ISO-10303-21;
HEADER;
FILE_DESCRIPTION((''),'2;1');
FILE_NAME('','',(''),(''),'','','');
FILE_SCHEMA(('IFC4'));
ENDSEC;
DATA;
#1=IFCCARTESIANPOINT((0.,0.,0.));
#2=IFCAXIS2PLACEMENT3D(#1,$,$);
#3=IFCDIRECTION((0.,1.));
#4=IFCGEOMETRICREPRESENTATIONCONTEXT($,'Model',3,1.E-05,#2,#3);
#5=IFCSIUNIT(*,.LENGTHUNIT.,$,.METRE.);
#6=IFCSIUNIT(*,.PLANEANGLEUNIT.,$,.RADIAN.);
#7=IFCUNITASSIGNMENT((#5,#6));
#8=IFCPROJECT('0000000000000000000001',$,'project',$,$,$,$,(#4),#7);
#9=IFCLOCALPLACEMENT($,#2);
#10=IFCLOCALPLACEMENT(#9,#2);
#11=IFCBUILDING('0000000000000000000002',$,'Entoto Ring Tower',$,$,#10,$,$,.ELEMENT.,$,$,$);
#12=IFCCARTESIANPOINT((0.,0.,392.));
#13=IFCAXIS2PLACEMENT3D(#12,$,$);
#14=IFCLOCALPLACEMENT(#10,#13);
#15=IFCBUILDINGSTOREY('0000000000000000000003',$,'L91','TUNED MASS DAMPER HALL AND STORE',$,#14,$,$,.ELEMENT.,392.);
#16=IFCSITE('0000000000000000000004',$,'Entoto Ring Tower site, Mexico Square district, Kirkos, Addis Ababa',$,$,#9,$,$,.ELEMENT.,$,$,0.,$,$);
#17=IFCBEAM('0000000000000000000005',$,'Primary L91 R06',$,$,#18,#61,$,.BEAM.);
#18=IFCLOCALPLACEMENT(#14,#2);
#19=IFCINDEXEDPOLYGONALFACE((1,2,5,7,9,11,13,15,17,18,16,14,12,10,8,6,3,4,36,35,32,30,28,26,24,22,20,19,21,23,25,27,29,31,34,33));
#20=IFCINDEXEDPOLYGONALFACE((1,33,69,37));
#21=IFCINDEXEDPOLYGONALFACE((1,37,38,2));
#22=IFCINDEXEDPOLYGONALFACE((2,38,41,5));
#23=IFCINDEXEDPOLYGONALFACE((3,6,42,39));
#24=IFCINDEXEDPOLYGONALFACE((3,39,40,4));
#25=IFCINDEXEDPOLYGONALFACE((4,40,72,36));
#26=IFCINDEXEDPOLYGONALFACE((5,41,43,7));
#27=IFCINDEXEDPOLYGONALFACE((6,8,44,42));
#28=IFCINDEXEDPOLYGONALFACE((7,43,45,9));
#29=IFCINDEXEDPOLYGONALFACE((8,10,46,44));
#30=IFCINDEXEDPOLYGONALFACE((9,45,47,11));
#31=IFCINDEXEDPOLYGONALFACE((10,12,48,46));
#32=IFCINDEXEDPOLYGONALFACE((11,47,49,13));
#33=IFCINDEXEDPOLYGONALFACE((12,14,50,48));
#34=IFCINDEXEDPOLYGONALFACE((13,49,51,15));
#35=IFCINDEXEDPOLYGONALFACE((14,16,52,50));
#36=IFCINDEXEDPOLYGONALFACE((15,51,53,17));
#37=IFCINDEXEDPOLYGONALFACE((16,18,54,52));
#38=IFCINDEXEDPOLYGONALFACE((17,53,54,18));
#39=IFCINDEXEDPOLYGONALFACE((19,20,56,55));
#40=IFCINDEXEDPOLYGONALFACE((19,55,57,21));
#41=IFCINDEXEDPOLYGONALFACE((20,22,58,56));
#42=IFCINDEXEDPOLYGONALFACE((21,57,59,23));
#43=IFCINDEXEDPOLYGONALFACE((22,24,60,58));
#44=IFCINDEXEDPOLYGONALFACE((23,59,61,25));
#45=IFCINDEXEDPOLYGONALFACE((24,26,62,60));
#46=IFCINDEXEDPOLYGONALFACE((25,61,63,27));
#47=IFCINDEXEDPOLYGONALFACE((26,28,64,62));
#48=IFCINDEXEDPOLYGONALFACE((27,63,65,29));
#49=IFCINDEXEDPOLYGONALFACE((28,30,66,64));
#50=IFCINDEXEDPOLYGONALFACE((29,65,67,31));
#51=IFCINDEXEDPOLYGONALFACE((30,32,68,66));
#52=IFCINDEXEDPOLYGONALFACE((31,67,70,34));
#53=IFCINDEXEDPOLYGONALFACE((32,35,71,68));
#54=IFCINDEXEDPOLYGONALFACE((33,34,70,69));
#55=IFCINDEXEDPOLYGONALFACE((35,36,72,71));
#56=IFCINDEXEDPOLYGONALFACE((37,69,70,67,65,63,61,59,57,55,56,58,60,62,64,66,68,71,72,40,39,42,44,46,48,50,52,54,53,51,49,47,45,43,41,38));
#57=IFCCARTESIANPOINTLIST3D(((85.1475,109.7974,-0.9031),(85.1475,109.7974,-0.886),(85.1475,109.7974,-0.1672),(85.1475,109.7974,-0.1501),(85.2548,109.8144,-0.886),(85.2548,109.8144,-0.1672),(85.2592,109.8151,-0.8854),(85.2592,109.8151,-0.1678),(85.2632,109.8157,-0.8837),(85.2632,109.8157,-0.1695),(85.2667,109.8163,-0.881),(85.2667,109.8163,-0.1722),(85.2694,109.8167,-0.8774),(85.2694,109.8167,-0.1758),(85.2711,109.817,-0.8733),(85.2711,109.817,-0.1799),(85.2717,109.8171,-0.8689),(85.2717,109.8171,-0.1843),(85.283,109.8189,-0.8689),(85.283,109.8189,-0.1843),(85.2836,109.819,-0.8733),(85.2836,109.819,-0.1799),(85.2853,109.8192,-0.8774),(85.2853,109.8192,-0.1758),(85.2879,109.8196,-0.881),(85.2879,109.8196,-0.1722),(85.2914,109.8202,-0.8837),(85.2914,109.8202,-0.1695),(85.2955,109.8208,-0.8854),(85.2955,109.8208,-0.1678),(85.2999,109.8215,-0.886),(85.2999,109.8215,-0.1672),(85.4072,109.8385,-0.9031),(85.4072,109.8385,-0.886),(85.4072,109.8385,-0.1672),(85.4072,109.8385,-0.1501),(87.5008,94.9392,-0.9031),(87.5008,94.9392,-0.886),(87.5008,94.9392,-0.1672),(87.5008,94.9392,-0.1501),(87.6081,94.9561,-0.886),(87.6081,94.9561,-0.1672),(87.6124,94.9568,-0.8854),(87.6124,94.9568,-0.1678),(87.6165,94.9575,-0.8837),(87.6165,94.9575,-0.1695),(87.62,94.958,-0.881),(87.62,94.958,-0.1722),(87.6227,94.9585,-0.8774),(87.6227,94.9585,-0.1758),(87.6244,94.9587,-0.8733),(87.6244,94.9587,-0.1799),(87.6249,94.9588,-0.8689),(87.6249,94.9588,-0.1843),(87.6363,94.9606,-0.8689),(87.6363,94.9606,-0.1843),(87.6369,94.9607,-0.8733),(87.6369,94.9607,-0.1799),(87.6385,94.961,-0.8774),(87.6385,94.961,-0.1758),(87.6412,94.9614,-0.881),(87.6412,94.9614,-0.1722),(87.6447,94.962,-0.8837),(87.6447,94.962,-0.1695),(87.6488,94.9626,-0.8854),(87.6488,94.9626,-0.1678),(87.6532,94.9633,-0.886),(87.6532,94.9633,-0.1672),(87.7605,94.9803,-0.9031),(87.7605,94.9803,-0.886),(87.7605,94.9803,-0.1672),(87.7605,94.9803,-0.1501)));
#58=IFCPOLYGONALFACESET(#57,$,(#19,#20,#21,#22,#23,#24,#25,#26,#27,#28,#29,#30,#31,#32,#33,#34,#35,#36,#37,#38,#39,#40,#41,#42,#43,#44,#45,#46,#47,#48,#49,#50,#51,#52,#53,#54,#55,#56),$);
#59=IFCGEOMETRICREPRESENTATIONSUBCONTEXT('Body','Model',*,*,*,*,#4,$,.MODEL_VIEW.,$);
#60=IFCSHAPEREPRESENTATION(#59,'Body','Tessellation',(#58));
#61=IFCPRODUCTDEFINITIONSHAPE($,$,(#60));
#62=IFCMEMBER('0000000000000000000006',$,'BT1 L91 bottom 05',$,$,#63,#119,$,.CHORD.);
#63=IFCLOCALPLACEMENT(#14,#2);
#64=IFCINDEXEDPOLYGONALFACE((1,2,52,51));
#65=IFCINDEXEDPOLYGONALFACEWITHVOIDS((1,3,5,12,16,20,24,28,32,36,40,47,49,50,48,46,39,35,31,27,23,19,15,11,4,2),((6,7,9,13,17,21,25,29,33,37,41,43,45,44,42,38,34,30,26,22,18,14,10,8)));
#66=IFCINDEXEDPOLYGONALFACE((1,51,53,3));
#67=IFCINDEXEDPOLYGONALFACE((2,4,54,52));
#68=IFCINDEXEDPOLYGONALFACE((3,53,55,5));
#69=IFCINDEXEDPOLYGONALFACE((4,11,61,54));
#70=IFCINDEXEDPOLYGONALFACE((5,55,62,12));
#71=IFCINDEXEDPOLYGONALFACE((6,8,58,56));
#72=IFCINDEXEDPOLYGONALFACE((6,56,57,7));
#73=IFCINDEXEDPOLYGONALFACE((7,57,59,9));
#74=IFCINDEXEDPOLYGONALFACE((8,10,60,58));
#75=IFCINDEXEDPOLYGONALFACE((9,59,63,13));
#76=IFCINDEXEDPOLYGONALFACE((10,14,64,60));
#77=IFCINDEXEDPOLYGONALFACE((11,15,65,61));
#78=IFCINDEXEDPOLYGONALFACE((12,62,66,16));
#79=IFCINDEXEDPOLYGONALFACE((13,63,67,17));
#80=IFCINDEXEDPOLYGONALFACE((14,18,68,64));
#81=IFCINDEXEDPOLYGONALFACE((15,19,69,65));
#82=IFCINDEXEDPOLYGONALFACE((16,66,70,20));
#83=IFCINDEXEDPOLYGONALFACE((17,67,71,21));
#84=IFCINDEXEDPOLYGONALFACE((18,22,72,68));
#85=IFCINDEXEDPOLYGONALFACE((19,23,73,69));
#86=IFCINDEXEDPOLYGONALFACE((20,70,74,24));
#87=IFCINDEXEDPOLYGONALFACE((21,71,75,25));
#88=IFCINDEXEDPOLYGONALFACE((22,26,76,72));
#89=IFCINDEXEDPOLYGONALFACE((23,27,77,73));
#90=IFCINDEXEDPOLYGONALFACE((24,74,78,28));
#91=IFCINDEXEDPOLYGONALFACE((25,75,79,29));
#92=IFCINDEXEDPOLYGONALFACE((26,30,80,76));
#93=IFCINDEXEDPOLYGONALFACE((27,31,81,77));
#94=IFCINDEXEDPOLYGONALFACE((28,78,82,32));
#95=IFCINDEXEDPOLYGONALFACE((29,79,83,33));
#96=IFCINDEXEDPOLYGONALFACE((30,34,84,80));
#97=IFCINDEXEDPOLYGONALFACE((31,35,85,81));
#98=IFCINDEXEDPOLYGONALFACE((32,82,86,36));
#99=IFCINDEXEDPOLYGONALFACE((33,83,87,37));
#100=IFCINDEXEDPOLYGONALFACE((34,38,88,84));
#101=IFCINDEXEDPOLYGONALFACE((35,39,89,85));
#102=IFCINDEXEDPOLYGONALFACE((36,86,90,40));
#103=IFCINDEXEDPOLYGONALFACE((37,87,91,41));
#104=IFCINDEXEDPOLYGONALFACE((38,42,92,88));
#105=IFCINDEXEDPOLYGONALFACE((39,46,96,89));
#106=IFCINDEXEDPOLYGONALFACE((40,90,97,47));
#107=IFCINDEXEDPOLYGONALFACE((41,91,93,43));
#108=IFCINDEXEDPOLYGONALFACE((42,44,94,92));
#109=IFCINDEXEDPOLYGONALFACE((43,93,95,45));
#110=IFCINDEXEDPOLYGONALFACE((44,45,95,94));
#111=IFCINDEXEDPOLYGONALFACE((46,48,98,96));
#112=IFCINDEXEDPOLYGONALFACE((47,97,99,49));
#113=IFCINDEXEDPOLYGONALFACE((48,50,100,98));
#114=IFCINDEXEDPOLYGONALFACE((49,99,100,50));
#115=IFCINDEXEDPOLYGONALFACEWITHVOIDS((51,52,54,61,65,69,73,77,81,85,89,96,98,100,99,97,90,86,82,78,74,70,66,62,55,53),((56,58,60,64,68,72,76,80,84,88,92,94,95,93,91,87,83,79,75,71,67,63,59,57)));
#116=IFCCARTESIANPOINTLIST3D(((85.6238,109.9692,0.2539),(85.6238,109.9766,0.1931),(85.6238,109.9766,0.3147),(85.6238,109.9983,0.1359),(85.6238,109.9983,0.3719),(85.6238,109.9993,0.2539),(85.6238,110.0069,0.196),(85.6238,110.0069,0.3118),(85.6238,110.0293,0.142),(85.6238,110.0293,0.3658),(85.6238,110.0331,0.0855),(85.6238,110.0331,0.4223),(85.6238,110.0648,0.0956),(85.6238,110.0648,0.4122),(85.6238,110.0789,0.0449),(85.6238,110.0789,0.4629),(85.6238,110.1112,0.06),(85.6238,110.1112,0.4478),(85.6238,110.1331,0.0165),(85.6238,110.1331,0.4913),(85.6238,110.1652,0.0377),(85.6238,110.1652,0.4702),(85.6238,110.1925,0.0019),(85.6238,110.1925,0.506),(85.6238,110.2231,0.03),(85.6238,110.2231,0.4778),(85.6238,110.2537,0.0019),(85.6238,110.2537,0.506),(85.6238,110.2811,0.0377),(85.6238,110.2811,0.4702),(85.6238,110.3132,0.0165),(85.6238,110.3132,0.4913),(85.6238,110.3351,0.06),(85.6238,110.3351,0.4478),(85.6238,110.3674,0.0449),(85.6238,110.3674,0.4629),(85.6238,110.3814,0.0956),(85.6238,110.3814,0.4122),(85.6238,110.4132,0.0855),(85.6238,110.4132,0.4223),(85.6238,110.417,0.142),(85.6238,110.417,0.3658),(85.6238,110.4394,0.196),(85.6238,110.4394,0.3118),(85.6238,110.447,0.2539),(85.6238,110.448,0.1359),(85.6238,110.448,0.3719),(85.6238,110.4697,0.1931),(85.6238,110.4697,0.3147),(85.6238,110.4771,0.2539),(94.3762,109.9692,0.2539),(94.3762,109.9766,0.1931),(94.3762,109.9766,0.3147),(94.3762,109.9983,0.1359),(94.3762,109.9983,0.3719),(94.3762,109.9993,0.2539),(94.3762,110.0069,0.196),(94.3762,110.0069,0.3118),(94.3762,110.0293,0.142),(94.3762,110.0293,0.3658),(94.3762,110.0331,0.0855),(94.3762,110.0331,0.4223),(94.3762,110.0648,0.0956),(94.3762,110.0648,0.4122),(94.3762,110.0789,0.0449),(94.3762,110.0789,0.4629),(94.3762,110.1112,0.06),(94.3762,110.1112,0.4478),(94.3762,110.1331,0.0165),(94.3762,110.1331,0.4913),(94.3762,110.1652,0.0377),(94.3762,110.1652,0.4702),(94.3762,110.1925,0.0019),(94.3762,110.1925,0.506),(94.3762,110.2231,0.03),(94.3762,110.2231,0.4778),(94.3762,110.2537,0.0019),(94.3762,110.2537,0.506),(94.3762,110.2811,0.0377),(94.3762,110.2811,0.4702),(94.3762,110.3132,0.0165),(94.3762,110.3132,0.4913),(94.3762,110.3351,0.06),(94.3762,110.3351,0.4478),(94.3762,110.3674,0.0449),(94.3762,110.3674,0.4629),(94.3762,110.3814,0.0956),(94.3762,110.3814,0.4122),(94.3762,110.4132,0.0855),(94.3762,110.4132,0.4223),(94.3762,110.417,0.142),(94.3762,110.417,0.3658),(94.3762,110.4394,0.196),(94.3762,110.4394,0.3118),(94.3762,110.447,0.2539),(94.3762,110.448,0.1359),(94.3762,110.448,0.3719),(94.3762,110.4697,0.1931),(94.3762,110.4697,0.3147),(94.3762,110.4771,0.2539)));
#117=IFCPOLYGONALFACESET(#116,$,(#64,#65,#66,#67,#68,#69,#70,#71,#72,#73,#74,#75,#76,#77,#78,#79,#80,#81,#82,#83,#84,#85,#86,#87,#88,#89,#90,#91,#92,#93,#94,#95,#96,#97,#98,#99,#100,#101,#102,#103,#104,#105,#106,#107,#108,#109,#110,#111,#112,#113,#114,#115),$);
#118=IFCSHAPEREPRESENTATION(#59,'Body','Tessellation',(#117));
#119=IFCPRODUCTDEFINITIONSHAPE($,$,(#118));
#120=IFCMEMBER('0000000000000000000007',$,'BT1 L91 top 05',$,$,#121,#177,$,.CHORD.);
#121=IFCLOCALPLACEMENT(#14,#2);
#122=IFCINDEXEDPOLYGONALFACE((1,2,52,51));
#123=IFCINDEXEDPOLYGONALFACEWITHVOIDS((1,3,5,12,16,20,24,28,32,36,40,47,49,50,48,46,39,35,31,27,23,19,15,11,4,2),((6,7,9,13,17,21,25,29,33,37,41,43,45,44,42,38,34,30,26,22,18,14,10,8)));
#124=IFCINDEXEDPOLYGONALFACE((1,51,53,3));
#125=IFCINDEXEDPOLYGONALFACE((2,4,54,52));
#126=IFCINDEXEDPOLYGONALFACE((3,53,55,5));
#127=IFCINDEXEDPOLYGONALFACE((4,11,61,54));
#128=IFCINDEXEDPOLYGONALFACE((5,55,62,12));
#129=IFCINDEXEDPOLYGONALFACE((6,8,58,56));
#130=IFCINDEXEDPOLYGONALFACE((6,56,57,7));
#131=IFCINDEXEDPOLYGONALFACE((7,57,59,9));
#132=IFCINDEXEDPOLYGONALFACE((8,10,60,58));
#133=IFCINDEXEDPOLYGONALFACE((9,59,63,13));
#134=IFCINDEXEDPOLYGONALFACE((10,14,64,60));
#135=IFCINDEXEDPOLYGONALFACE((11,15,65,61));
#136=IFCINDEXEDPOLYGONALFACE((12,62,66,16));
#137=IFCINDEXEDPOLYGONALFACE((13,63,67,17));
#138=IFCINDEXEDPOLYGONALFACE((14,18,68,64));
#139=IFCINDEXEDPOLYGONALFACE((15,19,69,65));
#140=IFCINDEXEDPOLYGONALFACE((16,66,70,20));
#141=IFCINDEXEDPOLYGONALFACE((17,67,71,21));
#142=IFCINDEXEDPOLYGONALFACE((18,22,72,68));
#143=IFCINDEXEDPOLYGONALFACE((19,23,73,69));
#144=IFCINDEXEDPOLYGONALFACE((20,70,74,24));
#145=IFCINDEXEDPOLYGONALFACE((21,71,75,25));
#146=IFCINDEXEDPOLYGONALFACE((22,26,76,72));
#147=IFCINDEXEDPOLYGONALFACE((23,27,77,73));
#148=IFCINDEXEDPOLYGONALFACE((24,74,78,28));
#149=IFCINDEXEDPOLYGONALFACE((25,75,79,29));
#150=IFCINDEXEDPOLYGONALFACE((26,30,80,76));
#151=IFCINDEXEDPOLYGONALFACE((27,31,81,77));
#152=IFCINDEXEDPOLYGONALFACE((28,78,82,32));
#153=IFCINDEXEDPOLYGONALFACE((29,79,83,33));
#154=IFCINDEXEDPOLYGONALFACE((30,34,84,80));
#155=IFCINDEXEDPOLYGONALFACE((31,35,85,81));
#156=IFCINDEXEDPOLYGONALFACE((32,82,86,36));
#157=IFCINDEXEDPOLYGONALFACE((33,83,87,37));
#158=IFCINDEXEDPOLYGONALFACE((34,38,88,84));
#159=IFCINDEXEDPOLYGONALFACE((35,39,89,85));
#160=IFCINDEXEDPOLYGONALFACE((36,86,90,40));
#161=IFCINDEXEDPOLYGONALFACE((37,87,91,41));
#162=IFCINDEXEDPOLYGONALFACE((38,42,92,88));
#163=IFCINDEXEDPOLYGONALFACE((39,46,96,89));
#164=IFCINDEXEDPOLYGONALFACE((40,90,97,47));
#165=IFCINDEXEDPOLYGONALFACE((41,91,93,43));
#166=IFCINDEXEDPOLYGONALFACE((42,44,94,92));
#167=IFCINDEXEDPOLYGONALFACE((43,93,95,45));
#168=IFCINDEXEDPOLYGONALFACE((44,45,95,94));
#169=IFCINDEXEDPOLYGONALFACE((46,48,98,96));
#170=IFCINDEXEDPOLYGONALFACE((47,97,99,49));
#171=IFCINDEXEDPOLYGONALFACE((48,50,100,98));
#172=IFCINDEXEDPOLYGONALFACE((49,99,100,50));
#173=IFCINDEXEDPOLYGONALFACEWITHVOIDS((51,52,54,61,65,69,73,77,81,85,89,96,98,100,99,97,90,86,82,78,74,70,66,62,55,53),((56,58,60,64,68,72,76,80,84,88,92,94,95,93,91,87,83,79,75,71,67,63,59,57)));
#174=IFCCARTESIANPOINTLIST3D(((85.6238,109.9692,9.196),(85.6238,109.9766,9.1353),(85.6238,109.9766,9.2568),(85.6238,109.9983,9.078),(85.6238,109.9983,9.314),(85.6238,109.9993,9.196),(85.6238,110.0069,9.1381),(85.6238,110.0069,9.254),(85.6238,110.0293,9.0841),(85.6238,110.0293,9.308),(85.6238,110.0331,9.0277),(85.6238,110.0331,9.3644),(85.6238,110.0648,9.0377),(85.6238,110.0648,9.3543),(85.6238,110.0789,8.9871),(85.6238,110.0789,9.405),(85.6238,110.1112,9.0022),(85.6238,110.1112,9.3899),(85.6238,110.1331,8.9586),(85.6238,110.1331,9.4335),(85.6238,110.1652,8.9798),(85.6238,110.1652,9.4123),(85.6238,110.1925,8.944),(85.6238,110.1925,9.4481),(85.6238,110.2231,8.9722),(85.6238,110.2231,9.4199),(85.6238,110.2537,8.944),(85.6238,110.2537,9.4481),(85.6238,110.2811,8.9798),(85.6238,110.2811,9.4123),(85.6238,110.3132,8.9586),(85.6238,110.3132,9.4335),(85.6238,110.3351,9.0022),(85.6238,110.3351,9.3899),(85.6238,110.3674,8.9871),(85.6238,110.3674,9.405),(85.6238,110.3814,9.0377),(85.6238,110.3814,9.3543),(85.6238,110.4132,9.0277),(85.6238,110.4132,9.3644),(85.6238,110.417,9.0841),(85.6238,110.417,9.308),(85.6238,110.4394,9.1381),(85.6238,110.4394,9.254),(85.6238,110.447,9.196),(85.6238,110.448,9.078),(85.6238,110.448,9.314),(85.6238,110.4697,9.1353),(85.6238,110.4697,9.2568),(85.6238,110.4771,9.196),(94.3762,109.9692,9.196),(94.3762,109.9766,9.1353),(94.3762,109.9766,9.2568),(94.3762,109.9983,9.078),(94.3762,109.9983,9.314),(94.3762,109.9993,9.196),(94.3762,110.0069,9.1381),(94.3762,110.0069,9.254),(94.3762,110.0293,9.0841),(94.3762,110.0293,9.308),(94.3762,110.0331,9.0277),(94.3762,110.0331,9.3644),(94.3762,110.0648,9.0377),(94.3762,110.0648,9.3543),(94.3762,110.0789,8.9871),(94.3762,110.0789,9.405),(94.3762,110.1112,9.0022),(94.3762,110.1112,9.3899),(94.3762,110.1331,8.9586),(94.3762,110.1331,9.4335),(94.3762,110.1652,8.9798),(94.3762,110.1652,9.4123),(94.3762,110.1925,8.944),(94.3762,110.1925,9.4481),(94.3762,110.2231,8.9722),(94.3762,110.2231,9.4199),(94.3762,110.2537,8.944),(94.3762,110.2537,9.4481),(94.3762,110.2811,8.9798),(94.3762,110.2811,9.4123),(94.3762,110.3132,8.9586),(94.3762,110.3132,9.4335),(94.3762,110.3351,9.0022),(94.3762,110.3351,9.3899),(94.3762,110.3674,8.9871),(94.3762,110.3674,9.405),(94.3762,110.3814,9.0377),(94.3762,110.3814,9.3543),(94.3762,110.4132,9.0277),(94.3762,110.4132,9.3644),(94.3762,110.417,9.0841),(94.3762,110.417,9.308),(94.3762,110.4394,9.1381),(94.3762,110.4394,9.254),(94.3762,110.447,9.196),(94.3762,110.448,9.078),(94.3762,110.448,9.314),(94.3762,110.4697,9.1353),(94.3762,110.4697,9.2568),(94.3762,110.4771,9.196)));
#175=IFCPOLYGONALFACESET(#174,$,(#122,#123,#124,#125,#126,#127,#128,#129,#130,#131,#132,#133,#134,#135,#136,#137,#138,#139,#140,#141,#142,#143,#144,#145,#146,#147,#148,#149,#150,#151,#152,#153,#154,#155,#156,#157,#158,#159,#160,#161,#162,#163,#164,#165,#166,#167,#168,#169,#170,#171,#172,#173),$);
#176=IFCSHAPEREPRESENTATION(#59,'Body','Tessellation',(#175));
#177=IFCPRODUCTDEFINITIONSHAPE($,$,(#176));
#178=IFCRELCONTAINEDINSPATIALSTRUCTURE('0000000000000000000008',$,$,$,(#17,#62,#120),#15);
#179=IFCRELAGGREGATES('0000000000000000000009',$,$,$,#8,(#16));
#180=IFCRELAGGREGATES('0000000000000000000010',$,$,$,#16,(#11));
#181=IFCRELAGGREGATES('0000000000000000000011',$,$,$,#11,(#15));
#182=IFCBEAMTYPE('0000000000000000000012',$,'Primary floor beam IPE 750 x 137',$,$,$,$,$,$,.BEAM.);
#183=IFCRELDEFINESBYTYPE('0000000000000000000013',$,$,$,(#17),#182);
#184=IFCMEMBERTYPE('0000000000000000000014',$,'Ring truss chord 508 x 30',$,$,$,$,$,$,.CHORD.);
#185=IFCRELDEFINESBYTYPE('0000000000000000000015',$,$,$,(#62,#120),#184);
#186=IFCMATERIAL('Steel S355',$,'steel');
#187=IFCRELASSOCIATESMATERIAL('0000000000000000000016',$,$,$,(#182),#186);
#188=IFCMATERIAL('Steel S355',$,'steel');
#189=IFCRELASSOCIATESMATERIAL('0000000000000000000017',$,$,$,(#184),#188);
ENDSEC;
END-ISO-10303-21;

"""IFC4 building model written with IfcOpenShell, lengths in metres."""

from ifc_helpers import new_model, si_unit, direction, frame, origin, origin_2d, place, context, subcontext, project, spatial, circle, hollow_circle, i_section, extrude, material, material_profile, profile_set, type_object, element, save


model = new_model("IFC4")

# Units and contexts
model_context = context("Model", 3, precision=1e-05, world=origin(), true_north=direction((0.0, 1.0)))
body_context = subcontext(model_context, "Body", "Model", "MODEL_VIEW")
ifc_project = project(units=[si_unit("LENGTHUNIT", "METRE"), si_unit("PLANEANGLEUNIT", "RADIAN")], contexts=[model_context])

# Site, building, storey
site_placement = place(None, origin())
site = spatial("IfcSite", under=ifc_project, at=site_placement, Name="Entoto Ring Tower site, Mexico Square district, Kirkos, Addis Ababa", CompositionType="ELEMENT", RefElevation=0.0)
building_placement = place(site_placement, origin())
building = spatial("IfcBuilding", under=site, at=building_placement, Name="Entoto Ring Tower", CompositionType="ELEMENT")
storey_placement = place(building_placement, frame((0.0, 0.0, 392.0)))
storey = spatial("IfcBuildingStorey", under=building, at=storey_placement, Name="L91", Description="TUNED MASS DAMPER HALL AND STORE", CompositionType="ELEMENT", Elevation=392.0)

# Beam
ifc_material_1 = material(Name="Steel S355", Category="steel")
ifc_material_profile_1 = material_profile(ifc_material_1, i_section(OverallWidth=0.2629, OverallDepth=0.7529, WebThickness=0.0115, FlangeThickness=0.0171, FilletRadius=0.0171, at=origin_2d()), Name="IPE 750 x 137")
ifc_profile_set_1 = profile_set([ifc_material_profile_1], Name="Steel S355")
beam_type_1 = type_object("IfcBeamType", Name="Primary floor beam IPE 750 x 137", PredefinedType="BEAM", material=ifc_profile_set_1)
for number, where, z_axis, x_axis, name in (
    (1, (87.6306, 94.9597, -0.5266), (-0.156433, 0.987689, 0.0), (-0.987689, -0.156433, 0.0), "Primary L91 R06"),
):
    element("IfcBeam", number, at=place(storey_placement, frame(where, z_axis=z_axis, x_axis=x_axis)), inside=storey, type_object=beam_type_1, Name=name, PredefinedType="BEAM", context=body_context, shape_type="SweptSolid", body=[
        extrude(i_section(OverallWidth=0.2629, OverallDepth=0.7529, WebThickness=0.0115, FlangeThickness=0.0171, FilletRadius=0.0171, at=origin_2d()), origin(), (0.0, 0.0, 1.0), 15.0435),
    ])

# Members
ifc_material_2 = material(Name="Steel S355", Category="steel")
ifc_material_profile_2 = material_profile(ifc_material_2, hollow_circle(Radius=0.2539, WallThickness=0.03, at=origin_2d()), Name="CHS 508 x 30")
ifc_material_3 = material(Name="Concrete C60/75", Category="concrete")
ifc_material_profile_3 = material_profile(ifc_material_3, circle(Radius=0.2241, at=origin_2d()), Name="Concrete C60/75 infill")
ifc_profile_set_2 = profile_set([ifc_material_profile_2, ifc_material_profile_3], Name="Steel S355")
member_type_1 = type_object("IfcMemberType", Name="Ring truss chord 508 x 30", PredefinedType="CHORD", material=ifc_profile_set_2)
for number, where, z_axis, x_axis, name in (
    (2, (94.3762, 110.2231, 0.2539), (-1.0, 0.0, 0.0), (0.0, -1.0, 0.0), "BT1 L91 bottom 05"),
    (3, (94.3762, 110.2231, 9.196), (-1.0, 0.0, 0.0), (0.0, -1.0, 0.0), "BT1 L91 top 05"),
):
    element("IfcMember", number, at=place(storey_placement, frame(where, z_axis=z_axis, x_axis=x_axis)), inside=storey, type_object=member_type_1, Name=name, PredefinedType="CHORD", context=body_context, shape_type="SweptSolid", body=[
        extrude(hollow_circle(Radius=0.2539, WallThickness=0.03, at=origin_2d()), origin(), (0.0, 0.0, 1.0), 8.7524),
    ])

save(model, "model.ifc")
